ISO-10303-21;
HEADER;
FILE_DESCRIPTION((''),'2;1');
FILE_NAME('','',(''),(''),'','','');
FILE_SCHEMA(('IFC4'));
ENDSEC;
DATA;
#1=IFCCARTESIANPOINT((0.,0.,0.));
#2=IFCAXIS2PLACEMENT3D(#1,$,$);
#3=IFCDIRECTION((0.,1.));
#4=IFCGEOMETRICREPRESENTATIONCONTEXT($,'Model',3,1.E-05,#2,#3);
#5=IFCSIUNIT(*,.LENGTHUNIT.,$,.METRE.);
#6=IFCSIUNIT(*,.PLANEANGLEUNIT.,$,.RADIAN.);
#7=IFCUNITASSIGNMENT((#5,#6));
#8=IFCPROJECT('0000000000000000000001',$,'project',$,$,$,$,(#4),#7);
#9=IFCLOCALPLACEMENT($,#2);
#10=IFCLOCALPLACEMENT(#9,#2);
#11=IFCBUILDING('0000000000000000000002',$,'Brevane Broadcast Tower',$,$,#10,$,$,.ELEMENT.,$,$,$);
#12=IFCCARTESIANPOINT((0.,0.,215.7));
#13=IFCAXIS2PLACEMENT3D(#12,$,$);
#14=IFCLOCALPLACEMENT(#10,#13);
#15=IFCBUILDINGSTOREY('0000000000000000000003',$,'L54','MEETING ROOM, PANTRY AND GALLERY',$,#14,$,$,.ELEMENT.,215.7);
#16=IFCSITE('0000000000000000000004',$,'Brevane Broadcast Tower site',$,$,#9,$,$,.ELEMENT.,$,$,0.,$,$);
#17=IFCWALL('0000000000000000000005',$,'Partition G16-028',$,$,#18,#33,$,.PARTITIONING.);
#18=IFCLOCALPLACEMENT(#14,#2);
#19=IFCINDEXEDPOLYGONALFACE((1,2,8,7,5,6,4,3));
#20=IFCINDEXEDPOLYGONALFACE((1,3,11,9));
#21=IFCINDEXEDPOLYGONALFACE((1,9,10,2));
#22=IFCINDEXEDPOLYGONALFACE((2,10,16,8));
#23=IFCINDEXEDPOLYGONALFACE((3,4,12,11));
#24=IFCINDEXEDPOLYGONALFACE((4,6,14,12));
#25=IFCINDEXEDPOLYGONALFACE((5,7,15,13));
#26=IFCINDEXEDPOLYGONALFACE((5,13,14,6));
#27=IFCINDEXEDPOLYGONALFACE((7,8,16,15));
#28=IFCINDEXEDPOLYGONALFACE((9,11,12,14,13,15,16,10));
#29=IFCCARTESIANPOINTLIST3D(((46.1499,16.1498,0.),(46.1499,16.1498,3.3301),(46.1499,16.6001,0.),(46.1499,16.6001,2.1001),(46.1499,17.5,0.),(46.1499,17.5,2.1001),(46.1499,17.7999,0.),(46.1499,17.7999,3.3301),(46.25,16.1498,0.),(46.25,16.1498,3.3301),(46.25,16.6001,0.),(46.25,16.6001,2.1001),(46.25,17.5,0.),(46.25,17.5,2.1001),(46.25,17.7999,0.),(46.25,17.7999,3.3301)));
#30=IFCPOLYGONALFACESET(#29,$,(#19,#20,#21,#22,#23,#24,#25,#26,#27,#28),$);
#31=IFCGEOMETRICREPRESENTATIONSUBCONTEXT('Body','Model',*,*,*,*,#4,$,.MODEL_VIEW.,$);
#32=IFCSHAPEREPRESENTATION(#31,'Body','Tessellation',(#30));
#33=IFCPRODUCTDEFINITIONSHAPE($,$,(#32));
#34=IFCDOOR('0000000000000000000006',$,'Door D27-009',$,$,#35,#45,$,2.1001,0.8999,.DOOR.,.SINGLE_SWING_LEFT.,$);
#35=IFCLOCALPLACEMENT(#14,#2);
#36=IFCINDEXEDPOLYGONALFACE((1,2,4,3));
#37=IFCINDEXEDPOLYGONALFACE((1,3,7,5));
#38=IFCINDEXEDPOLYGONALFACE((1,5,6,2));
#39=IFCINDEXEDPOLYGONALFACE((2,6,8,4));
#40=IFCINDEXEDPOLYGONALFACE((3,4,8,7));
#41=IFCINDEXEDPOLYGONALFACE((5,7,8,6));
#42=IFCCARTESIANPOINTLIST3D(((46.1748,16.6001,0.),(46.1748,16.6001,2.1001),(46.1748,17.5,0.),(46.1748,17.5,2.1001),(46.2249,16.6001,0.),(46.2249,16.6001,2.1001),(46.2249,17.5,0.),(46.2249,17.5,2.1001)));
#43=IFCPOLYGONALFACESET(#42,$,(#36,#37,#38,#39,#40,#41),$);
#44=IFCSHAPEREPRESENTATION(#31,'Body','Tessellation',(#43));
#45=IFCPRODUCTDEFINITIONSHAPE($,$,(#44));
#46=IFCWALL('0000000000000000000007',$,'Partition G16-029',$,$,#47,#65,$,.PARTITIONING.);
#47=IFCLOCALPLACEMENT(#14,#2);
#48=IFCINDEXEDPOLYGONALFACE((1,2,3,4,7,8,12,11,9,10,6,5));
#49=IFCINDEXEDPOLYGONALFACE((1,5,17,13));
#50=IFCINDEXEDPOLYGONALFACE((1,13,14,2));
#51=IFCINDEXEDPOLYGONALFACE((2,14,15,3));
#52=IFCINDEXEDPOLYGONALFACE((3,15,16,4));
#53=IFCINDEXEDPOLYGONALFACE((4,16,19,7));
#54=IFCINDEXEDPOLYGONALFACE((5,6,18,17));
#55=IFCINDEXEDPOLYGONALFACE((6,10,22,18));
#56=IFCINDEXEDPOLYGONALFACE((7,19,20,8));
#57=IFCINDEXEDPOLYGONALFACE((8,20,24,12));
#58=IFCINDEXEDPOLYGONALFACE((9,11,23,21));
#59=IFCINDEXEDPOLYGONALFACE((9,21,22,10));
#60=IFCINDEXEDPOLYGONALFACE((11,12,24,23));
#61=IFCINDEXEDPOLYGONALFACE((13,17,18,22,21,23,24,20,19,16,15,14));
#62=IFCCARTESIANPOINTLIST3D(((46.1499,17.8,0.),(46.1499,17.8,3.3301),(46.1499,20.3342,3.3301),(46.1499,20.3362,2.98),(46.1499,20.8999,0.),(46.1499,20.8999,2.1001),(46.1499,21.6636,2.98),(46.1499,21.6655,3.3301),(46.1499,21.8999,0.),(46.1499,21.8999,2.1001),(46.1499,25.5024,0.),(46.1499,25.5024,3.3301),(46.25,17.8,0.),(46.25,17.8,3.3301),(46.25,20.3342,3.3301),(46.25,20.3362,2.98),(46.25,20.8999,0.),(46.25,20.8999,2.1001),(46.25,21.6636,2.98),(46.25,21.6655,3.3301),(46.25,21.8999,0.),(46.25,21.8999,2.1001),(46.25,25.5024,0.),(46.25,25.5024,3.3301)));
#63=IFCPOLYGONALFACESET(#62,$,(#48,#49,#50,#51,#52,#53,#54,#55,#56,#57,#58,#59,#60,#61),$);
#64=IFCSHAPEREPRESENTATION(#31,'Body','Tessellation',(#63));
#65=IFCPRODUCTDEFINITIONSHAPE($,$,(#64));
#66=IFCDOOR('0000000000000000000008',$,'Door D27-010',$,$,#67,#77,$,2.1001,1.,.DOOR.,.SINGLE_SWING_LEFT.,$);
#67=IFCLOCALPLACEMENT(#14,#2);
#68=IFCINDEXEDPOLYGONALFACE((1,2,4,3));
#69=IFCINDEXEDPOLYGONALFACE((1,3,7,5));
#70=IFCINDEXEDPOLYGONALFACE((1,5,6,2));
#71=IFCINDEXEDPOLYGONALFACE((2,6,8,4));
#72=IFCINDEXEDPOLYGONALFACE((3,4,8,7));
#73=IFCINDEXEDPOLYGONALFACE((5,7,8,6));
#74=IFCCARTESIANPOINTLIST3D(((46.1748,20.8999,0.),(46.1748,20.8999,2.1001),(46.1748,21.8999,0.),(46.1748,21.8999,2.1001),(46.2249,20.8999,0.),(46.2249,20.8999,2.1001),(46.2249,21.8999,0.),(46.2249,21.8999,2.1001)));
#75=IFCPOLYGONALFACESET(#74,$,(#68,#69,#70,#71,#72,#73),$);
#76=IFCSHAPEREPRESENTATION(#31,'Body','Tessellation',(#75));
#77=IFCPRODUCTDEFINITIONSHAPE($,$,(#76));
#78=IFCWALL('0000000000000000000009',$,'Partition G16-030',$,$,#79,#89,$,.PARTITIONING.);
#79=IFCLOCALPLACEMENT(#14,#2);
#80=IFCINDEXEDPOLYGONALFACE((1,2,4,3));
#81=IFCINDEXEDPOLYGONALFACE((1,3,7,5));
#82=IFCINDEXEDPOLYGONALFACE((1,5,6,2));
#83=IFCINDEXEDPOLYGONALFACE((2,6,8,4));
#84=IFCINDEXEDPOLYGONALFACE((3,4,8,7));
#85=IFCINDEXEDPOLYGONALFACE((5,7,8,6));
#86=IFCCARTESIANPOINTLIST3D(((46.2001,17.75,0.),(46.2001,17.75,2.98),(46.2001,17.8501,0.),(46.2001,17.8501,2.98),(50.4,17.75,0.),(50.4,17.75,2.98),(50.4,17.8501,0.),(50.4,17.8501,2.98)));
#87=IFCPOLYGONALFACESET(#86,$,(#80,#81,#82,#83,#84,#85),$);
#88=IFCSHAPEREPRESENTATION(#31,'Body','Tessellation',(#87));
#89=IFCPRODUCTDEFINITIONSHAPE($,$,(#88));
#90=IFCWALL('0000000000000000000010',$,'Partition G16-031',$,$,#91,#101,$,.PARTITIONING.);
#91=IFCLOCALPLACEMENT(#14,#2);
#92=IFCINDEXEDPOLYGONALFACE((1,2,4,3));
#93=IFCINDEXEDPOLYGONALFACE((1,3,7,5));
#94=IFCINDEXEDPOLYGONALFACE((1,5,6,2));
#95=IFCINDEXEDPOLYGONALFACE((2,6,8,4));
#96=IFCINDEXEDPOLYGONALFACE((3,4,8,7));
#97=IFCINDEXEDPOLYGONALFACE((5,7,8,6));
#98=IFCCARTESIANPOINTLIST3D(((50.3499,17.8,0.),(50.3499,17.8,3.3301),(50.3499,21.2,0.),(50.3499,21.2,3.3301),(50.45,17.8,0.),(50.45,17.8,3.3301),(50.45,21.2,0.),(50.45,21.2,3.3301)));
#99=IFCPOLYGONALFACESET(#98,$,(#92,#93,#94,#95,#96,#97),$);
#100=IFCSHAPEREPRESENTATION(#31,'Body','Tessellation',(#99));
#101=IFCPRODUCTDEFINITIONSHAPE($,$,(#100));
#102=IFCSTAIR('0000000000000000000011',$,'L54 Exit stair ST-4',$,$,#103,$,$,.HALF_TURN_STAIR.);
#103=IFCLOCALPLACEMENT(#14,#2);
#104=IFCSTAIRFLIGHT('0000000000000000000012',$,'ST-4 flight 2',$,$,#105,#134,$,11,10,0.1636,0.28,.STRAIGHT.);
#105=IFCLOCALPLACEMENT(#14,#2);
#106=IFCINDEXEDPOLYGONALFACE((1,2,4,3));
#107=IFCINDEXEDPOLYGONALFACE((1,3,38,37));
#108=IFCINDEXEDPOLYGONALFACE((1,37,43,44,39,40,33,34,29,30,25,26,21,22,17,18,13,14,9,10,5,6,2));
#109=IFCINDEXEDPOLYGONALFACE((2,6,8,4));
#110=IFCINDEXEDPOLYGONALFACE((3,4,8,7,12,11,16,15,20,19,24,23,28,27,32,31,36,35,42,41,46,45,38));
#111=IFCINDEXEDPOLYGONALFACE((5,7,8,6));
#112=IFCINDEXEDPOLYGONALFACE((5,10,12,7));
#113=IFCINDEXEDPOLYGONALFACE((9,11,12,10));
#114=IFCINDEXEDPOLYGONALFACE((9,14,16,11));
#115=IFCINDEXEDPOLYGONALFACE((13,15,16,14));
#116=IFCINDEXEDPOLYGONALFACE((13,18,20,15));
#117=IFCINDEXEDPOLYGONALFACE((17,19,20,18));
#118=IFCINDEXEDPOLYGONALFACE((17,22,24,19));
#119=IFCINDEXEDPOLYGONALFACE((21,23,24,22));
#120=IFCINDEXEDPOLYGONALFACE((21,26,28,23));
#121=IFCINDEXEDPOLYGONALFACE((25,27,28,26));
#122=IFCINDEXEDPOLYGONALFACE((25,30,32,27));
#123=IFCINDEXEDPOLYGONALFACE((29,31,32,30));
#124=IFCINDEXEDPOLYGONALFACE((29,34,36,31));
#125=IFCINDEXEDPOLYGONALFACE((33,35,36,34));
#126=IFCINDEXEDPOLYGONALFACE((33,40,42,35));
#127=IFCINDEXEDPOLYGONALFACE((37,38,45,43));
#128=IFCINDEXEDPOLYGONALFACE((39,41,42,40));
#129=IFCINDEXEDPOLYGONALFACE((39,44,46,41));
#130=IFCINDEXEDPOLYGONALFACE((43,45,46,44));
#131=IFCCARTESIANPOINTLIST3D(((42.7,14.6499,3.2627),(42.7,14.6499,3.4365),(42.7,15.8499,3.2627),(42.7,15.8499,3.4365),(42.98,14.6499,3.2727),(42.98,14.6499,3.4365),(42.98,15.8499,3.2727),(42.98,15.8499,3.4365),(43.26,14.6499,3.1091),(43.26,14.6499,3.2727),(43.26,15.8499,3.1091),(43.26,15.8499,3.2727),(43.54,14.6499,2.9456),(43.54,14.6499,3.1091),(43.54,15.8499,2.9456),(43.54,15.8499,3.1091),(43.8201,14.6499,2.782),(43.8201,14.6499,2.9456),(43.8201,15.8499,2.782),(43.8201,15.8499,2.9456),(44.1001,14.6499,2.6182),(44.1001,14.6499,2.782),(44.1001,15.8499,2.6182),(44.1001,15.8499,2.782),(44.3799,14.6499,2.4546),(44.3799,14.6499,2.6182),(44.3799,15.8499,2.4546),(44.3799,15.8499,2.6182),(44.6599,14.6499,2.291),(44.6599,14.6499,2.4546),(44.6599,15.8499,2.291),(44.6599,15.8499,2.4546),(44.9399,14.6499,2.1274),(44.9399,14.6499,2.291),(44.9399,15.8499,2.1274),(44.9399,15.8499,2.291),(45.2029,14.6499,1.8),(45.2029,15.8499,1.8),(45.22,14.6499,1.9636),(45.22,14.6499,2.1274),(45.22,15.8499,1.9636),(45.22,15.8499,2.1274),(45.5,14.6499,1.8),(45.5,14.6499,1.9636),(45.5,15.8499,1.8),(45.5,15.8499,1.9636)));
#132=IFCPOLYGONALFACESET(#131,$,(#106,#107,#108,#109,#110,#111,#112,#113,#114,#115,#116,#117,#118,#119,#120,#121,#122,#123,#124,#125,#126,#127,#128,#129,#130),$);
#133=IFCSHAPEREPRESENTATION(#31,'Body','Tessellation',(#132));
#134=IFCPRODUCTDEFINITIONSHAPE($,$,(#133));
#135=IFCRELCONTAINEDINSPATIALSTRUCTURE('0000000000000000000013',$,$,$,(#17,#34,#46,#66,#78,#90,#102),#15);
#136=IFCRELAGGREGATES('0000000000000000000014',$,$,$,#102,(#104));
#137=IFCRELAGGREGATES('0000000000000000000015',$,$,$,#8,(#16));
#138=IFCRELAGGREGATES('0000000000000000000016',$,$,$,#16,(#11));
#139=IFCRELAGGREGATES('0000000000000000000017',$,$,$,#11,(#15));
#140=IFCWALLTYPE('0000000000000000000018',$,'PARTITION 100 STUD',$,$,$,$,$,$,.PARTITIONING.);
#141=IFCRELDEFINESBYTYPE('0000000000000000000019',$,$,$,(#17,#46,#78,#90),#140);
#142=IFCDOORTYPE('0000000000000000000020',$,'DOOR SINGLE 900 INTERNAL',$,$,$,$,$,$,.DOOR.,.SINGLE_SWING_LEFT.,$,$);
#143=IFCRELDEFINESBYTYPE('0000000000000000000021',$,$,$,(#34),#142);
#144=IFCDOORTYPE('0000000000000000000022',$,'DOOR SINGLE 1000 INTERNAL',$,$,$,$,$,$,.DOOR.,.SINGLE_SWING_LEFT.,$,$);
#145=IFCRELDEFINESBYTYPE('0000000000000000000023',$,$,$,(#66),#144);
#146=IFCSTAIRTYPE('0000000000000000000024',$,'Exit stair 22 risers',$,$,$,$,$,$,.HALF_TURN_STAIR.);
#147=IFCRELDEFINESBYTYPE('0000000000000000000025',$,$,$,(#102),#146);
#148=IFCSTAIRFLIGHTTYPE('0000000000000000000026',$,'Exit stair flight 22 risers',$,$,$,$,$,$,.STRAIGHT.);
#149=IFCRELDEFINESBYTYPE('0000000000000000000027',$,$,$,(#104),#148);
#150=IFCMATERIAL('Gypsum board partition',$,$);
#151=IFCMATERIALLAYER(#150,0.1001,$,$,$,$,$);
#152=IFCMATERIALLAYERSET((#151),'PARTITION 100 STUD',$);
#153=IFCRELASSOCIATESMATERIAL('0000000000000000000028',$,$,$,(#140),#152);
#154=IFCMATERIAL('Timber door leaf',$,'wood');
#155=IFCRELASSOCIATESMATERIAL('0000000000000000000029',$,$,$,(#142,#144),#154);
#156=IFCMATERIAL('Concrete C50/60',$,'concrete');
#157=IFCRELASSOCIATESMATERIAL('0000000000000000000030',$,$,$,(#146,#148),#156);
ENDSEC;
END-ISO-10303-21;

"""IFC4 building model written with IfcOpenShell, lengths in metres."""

from ifc_helpers import new_model, si_unit, direction, frame, frame_2d, origin, place, context, subcontext, project, spatial, polyline, rectangle, outline, extrude, material, layer, layer_set, type_object, element, fill, aggregate, save


model = new_model("IFC4")

# Units and contexts
model_context = context("Model", 3, precision=1e-05, world=origin(), true_north=direction((0.0, 1.0)))
body_context = subcontext(model_context, "Body", "Model", "MODEL_VIEW")
ifc_project = project(units=[si_unit("LENGTHUNIT", "METRE"), si_unit("PLANEANGLEUNIT", "RADIAN")], contexts=[model_context])

# Site, building, storey
site_placement = place(None, origin())
site = spatial("IfcSite", under=ifc_project, at=site_placement, Name="Brevane Broadcast Tower site", CompositionType="ELEMENT", RefElevation=0.0)
building_placement = place(site_placement, origin())
building = spatial("IfcBuilding", under=site, at=building_placement, Name="Brevane Broadcast Tower", CompositionType="ELEMENT")
storey_placement = place(building_placement, frame((0.0, 0.0, 215.7)))
storey = spatial("IfcBuildingStorey", under=building, at=storey_placement, Name="L54", Description="MEETING ROOM, PANTRY AND GALLERY", CompositionType="ELEMENT", Elevation=215.7)

# Shared definitions
ifc_material_1 = material(Name="Concrete C50/60", Category="concrete")

# Walls, openings, doors
ifc_material_2 = material(Name="Gypsum board partition")
ifc_layer_1 = layer(ifc_material_2, 0.1001)
ifc_layer_set_1 = layer_set([ifc_layer_1], Name="PARTITION 100 STUD")
wall_type_1 = type_object("IfcWallType", Name="PARTITION 100 STUD", PredefinedType="PARTITIONING", material=ifc_layer_set_1)
wall_1_placement = place(storey_placement, frame((46.2, 17.8, 0.0), z_axis=(0.0, 0.0, 1.0), x_axis=(0.0, -1.0, 0.0)))
wall_1 = element("IfcWall", 1, at=wall_1_placement, inside=storey, type_object=wall_type_1, Name="Partition G16-028", PredefinedType="PARTITIONING", context=body_context, shape_type="SweptSolid", body=[
    extrude(rectangle(XDim=1.6501, YDim=0.1001, at=frame_2d((0.8252, 0.0))), origin(), (0.0, 0.0, 1.0), 3.3301),
])
opening_1_placement = place(wall_1_placement, frame((0.3, 0.0, 0.0)))
opening_1 = element("IfcOpeningElement", 2, at=opening_1_placement, cuts=wall_1, PredefinedType="OPENING", context=body_context, shape_type="SweptSolid", body=[
    extrude(rectangle(XDim=0.8999, YDim=2.1001, at=frame_2d((0.45, 1.05))), frame((0.0, 0.0601, 0.0), z_axis=(0.0, -1.0, 0.0), x_axis=(1.0, 0.0, 0.0)), (0.0, 0.0, 1.0), 0.1201),
])
ifc_material_3 = material(Name="Timber door leaf", Category="wood")
door_type_1 = type_object("IfcDoorType", Name="DOOR SINGLE 900 INTERNAL", OperationType="SINGLE_SWING_LEFT", PredefinedType="DOOR", material=ifc_material_3)
door_1_placement = place(opening_1_placement, origin())
door_1 = element("IfcDoor", 3, at=door_1_placement, inside=storey, type_object=door_type_1, Name="Door D27-009", OperationType="SINGLE_SWING_LEFT", OverallHeight=2.1001, OverallWidth=0.8999, PredefinedType="DOOR", context=body_context, shape_type="SweptSolid", body=[
    extrude(rectangle(XDim=0.8999, YDim=2.1001, at=frame_2d((0.45, 1.05))), frame((0.0, 0.0249, 0.0), z_axis=(0.0, -1.0, 0.0), x_axis=(1.0, 0.0, 0.0)), (0.0, 0.0, 1.0), 0.05),
])
fill(opening_1, door_1)
wall_2_placement = place(storey_placement, frame((46.2, 25.5024, 0.0), z_axis=(0.0, 0.0, 1.0), x_axis=(0.0, -1.0, 0.0)))
wall_2 = element("IfcWall", 4, at=wall_2_placement, inside=storey, type_object=wall_type_1, Name="Partition G16-029", PredefinedType="PARTITIONING", context=body_context, shape_type="SweptSolid", body=[
    extrude(outline(polyline([(0.0, 0.0), (7.7024, 0.0), (7.7024, 3.3301), (5.1682, 3.3301), (5.1663, 2.98), (3.8389, 2.98), (3.8369, 3.3301), (0.1025, 3.3301), (0.0, 3.3301), (0.0, 0.0)])), frame((0.0, 0.05, 0.0), z_axis=(0.0, -1.0, 0.0), x_axis=(1.0, 0.0, 0.0)), (0.0, 0.0, 1.0), 0.1001),
])
opening_2_placement = place(wall_2_placement, frame((3.6025, 0.0, 0.0)))
opening_2 = element("IfcOpeningElement", 5, at=opening_2_placement, cuts=wall_2, PredefinedType="OPENING", context=body_context, shape_type="SweptSolid", body=[
    extrude(rectangle(XDim=1.0, YDim=2.1001, at=frame_2d((0.5, 1.05))), frame((0.0, 0.0601, 0.0), z_axis=(0.0, -1.0, 0.0), x_axis=(1.0, 0.0, 0.0)), (0.0, 0.0, 1.0), 0.1201),
])
door_type_2 = type_object("IfcDoorType", Name="DOOR SINGLE 1000 INTERNAL", OperationType="SINGLE_SWING_LEFT", PredefinedType="DOOR", material=ifc_material_3)
door_2_placement = place(opening_2_placement, origin())
door_2 = element("IfcDoor", 6, at=door_2_placement, inside=storey, type_object=door_type_2, Name="Door D27-010", OperationType="SINGLE_SWING_LEFT", OverallHeight=2.1001, OverallWidth=1.0, PredefinedType="DOOR", context=body_context, shape_type="SweptSolid", body=[
    extrude(rectangle(XDim=1.0, YDim=2.1001, at=frame_2d((0.5, 1.05))), frame((0.0, 0.0249, 0.0), z_axis=(0.0, -1.0, 0.0), x_axis=(1.0, 0.0, 0.0)), (0.0, 0.0, 1.0), 0.05),
])
fill(opening_2, door_2)

# Walls
wall_3_placement = place(storey_placement, frame((46.2, 17.8, 0.0), z_axis=(0.0, 0.0, 1.0), x_axis=(1.0, 0.0, 0.0)))
element("IfcWall", 7, at=wall_3_placement, inside=storey, type_object=wall_type_1, Name="Partition G16-030", PredefinedType="PARTITIONING", context=body_context, shape_type="SweptSolid", body=[
    extrude(rectangle(XDim=4.2, YDim=0.1001, at=frame_2d((2.1001, 0.0))), origin(), (0.0, 0.0, 1.0), 2.98),
])
wall_4_placement = place(storey_placement, frame((50.3999, 17.8, 0.0), z_axis=(0.0, 0.0, 1.0), x_axis=(0.0, 1.0, 0.0)))
element("IfcWall", 8, at=wall_4_placement, inside=storey, type_object=wall_type_1, Name="Partition G16-031", PredefinedType="PARTITIONING", context=body_context, shape_type="SweptSolid", body=[
    extrude(rectangle(XDim=3.3999, YDim=0.1001, at=frame_2d((1.7, 0.0))), origin(), (0.0, 0.0, 1.0), 3.3301),
])

# Stair, stair flight
stair_type = type_object("IfcStairType", Name="Exit stair 22 risers", PredefinedType="HALF_TURN_STAIR", material=ifc_material_1)
stair_placement = place(storey_placement, origin())
stair = element("IfcStair", 9, at=stair_placement, inside=storey, type_object=stair_type, Name="L54 Exit stair ST-4", PredefinedType="HALF_TURN_STAIR")
stair_flight_type = type_object("IfcStairFlightType", Name="Exit stair flight 22 risers", PredefinedType="STRAIGHT", material=ifc_material_1)
stair_flight_placement = place(storey_placement, frame((45.5, 15.25, 1.8), z_axis=(0.0, 0.0, 1.0), x_axis=(-1.0, 0.0, 0.0)))
stair_flight = element("IfcStairFlight", 10, at=stair_flight_placement, type_object=stair_flight_type, Name="ST-4 flight 2", NumberOfRisers=11, NumberOfTreads=10, PredefinedType="STRAIGHT", RiserHeight=0.1636, TreadLength=0.28, context=body_context, shape_type="SweptSolid", body=[
    extrude(outline(polyline([(0.0, 0.0), (0.0, 0.1636), (0.28, 0.1636), (0.28, 0.3274), (0.5601, 0.3274), (0.5601, 0.491), (0.8401, 0.491), (0.8401, 0.6545), (1.1201, 0.6545), (1.1201, 0.8181), (1.3999, 0.8181), (1.3999, 0.9819), (1.6799, 0.9819), (1.6799, 1.1455), (1.96, 1.1455), (1.96, 1.3091), (2.24, 1.3091), (2.24, 1.4727), (2.52, 1.4727), (2.52, 1.6365), (2.8, 1.6365), (2.8, 1.8), (2.8, 1.4626), (0.2971, 0.0), (0.0, 0.0)])), frame((0.0, 0.6001, 0.0), z_axis=(0.0, -1.0, 0.0), x_axis=(1.0, 0.0, 0.0)), (0.0, 0.0, 1.0), 1.2),
])
aggregate(stair, [stair_flight])

save(model, "model.ifc")
